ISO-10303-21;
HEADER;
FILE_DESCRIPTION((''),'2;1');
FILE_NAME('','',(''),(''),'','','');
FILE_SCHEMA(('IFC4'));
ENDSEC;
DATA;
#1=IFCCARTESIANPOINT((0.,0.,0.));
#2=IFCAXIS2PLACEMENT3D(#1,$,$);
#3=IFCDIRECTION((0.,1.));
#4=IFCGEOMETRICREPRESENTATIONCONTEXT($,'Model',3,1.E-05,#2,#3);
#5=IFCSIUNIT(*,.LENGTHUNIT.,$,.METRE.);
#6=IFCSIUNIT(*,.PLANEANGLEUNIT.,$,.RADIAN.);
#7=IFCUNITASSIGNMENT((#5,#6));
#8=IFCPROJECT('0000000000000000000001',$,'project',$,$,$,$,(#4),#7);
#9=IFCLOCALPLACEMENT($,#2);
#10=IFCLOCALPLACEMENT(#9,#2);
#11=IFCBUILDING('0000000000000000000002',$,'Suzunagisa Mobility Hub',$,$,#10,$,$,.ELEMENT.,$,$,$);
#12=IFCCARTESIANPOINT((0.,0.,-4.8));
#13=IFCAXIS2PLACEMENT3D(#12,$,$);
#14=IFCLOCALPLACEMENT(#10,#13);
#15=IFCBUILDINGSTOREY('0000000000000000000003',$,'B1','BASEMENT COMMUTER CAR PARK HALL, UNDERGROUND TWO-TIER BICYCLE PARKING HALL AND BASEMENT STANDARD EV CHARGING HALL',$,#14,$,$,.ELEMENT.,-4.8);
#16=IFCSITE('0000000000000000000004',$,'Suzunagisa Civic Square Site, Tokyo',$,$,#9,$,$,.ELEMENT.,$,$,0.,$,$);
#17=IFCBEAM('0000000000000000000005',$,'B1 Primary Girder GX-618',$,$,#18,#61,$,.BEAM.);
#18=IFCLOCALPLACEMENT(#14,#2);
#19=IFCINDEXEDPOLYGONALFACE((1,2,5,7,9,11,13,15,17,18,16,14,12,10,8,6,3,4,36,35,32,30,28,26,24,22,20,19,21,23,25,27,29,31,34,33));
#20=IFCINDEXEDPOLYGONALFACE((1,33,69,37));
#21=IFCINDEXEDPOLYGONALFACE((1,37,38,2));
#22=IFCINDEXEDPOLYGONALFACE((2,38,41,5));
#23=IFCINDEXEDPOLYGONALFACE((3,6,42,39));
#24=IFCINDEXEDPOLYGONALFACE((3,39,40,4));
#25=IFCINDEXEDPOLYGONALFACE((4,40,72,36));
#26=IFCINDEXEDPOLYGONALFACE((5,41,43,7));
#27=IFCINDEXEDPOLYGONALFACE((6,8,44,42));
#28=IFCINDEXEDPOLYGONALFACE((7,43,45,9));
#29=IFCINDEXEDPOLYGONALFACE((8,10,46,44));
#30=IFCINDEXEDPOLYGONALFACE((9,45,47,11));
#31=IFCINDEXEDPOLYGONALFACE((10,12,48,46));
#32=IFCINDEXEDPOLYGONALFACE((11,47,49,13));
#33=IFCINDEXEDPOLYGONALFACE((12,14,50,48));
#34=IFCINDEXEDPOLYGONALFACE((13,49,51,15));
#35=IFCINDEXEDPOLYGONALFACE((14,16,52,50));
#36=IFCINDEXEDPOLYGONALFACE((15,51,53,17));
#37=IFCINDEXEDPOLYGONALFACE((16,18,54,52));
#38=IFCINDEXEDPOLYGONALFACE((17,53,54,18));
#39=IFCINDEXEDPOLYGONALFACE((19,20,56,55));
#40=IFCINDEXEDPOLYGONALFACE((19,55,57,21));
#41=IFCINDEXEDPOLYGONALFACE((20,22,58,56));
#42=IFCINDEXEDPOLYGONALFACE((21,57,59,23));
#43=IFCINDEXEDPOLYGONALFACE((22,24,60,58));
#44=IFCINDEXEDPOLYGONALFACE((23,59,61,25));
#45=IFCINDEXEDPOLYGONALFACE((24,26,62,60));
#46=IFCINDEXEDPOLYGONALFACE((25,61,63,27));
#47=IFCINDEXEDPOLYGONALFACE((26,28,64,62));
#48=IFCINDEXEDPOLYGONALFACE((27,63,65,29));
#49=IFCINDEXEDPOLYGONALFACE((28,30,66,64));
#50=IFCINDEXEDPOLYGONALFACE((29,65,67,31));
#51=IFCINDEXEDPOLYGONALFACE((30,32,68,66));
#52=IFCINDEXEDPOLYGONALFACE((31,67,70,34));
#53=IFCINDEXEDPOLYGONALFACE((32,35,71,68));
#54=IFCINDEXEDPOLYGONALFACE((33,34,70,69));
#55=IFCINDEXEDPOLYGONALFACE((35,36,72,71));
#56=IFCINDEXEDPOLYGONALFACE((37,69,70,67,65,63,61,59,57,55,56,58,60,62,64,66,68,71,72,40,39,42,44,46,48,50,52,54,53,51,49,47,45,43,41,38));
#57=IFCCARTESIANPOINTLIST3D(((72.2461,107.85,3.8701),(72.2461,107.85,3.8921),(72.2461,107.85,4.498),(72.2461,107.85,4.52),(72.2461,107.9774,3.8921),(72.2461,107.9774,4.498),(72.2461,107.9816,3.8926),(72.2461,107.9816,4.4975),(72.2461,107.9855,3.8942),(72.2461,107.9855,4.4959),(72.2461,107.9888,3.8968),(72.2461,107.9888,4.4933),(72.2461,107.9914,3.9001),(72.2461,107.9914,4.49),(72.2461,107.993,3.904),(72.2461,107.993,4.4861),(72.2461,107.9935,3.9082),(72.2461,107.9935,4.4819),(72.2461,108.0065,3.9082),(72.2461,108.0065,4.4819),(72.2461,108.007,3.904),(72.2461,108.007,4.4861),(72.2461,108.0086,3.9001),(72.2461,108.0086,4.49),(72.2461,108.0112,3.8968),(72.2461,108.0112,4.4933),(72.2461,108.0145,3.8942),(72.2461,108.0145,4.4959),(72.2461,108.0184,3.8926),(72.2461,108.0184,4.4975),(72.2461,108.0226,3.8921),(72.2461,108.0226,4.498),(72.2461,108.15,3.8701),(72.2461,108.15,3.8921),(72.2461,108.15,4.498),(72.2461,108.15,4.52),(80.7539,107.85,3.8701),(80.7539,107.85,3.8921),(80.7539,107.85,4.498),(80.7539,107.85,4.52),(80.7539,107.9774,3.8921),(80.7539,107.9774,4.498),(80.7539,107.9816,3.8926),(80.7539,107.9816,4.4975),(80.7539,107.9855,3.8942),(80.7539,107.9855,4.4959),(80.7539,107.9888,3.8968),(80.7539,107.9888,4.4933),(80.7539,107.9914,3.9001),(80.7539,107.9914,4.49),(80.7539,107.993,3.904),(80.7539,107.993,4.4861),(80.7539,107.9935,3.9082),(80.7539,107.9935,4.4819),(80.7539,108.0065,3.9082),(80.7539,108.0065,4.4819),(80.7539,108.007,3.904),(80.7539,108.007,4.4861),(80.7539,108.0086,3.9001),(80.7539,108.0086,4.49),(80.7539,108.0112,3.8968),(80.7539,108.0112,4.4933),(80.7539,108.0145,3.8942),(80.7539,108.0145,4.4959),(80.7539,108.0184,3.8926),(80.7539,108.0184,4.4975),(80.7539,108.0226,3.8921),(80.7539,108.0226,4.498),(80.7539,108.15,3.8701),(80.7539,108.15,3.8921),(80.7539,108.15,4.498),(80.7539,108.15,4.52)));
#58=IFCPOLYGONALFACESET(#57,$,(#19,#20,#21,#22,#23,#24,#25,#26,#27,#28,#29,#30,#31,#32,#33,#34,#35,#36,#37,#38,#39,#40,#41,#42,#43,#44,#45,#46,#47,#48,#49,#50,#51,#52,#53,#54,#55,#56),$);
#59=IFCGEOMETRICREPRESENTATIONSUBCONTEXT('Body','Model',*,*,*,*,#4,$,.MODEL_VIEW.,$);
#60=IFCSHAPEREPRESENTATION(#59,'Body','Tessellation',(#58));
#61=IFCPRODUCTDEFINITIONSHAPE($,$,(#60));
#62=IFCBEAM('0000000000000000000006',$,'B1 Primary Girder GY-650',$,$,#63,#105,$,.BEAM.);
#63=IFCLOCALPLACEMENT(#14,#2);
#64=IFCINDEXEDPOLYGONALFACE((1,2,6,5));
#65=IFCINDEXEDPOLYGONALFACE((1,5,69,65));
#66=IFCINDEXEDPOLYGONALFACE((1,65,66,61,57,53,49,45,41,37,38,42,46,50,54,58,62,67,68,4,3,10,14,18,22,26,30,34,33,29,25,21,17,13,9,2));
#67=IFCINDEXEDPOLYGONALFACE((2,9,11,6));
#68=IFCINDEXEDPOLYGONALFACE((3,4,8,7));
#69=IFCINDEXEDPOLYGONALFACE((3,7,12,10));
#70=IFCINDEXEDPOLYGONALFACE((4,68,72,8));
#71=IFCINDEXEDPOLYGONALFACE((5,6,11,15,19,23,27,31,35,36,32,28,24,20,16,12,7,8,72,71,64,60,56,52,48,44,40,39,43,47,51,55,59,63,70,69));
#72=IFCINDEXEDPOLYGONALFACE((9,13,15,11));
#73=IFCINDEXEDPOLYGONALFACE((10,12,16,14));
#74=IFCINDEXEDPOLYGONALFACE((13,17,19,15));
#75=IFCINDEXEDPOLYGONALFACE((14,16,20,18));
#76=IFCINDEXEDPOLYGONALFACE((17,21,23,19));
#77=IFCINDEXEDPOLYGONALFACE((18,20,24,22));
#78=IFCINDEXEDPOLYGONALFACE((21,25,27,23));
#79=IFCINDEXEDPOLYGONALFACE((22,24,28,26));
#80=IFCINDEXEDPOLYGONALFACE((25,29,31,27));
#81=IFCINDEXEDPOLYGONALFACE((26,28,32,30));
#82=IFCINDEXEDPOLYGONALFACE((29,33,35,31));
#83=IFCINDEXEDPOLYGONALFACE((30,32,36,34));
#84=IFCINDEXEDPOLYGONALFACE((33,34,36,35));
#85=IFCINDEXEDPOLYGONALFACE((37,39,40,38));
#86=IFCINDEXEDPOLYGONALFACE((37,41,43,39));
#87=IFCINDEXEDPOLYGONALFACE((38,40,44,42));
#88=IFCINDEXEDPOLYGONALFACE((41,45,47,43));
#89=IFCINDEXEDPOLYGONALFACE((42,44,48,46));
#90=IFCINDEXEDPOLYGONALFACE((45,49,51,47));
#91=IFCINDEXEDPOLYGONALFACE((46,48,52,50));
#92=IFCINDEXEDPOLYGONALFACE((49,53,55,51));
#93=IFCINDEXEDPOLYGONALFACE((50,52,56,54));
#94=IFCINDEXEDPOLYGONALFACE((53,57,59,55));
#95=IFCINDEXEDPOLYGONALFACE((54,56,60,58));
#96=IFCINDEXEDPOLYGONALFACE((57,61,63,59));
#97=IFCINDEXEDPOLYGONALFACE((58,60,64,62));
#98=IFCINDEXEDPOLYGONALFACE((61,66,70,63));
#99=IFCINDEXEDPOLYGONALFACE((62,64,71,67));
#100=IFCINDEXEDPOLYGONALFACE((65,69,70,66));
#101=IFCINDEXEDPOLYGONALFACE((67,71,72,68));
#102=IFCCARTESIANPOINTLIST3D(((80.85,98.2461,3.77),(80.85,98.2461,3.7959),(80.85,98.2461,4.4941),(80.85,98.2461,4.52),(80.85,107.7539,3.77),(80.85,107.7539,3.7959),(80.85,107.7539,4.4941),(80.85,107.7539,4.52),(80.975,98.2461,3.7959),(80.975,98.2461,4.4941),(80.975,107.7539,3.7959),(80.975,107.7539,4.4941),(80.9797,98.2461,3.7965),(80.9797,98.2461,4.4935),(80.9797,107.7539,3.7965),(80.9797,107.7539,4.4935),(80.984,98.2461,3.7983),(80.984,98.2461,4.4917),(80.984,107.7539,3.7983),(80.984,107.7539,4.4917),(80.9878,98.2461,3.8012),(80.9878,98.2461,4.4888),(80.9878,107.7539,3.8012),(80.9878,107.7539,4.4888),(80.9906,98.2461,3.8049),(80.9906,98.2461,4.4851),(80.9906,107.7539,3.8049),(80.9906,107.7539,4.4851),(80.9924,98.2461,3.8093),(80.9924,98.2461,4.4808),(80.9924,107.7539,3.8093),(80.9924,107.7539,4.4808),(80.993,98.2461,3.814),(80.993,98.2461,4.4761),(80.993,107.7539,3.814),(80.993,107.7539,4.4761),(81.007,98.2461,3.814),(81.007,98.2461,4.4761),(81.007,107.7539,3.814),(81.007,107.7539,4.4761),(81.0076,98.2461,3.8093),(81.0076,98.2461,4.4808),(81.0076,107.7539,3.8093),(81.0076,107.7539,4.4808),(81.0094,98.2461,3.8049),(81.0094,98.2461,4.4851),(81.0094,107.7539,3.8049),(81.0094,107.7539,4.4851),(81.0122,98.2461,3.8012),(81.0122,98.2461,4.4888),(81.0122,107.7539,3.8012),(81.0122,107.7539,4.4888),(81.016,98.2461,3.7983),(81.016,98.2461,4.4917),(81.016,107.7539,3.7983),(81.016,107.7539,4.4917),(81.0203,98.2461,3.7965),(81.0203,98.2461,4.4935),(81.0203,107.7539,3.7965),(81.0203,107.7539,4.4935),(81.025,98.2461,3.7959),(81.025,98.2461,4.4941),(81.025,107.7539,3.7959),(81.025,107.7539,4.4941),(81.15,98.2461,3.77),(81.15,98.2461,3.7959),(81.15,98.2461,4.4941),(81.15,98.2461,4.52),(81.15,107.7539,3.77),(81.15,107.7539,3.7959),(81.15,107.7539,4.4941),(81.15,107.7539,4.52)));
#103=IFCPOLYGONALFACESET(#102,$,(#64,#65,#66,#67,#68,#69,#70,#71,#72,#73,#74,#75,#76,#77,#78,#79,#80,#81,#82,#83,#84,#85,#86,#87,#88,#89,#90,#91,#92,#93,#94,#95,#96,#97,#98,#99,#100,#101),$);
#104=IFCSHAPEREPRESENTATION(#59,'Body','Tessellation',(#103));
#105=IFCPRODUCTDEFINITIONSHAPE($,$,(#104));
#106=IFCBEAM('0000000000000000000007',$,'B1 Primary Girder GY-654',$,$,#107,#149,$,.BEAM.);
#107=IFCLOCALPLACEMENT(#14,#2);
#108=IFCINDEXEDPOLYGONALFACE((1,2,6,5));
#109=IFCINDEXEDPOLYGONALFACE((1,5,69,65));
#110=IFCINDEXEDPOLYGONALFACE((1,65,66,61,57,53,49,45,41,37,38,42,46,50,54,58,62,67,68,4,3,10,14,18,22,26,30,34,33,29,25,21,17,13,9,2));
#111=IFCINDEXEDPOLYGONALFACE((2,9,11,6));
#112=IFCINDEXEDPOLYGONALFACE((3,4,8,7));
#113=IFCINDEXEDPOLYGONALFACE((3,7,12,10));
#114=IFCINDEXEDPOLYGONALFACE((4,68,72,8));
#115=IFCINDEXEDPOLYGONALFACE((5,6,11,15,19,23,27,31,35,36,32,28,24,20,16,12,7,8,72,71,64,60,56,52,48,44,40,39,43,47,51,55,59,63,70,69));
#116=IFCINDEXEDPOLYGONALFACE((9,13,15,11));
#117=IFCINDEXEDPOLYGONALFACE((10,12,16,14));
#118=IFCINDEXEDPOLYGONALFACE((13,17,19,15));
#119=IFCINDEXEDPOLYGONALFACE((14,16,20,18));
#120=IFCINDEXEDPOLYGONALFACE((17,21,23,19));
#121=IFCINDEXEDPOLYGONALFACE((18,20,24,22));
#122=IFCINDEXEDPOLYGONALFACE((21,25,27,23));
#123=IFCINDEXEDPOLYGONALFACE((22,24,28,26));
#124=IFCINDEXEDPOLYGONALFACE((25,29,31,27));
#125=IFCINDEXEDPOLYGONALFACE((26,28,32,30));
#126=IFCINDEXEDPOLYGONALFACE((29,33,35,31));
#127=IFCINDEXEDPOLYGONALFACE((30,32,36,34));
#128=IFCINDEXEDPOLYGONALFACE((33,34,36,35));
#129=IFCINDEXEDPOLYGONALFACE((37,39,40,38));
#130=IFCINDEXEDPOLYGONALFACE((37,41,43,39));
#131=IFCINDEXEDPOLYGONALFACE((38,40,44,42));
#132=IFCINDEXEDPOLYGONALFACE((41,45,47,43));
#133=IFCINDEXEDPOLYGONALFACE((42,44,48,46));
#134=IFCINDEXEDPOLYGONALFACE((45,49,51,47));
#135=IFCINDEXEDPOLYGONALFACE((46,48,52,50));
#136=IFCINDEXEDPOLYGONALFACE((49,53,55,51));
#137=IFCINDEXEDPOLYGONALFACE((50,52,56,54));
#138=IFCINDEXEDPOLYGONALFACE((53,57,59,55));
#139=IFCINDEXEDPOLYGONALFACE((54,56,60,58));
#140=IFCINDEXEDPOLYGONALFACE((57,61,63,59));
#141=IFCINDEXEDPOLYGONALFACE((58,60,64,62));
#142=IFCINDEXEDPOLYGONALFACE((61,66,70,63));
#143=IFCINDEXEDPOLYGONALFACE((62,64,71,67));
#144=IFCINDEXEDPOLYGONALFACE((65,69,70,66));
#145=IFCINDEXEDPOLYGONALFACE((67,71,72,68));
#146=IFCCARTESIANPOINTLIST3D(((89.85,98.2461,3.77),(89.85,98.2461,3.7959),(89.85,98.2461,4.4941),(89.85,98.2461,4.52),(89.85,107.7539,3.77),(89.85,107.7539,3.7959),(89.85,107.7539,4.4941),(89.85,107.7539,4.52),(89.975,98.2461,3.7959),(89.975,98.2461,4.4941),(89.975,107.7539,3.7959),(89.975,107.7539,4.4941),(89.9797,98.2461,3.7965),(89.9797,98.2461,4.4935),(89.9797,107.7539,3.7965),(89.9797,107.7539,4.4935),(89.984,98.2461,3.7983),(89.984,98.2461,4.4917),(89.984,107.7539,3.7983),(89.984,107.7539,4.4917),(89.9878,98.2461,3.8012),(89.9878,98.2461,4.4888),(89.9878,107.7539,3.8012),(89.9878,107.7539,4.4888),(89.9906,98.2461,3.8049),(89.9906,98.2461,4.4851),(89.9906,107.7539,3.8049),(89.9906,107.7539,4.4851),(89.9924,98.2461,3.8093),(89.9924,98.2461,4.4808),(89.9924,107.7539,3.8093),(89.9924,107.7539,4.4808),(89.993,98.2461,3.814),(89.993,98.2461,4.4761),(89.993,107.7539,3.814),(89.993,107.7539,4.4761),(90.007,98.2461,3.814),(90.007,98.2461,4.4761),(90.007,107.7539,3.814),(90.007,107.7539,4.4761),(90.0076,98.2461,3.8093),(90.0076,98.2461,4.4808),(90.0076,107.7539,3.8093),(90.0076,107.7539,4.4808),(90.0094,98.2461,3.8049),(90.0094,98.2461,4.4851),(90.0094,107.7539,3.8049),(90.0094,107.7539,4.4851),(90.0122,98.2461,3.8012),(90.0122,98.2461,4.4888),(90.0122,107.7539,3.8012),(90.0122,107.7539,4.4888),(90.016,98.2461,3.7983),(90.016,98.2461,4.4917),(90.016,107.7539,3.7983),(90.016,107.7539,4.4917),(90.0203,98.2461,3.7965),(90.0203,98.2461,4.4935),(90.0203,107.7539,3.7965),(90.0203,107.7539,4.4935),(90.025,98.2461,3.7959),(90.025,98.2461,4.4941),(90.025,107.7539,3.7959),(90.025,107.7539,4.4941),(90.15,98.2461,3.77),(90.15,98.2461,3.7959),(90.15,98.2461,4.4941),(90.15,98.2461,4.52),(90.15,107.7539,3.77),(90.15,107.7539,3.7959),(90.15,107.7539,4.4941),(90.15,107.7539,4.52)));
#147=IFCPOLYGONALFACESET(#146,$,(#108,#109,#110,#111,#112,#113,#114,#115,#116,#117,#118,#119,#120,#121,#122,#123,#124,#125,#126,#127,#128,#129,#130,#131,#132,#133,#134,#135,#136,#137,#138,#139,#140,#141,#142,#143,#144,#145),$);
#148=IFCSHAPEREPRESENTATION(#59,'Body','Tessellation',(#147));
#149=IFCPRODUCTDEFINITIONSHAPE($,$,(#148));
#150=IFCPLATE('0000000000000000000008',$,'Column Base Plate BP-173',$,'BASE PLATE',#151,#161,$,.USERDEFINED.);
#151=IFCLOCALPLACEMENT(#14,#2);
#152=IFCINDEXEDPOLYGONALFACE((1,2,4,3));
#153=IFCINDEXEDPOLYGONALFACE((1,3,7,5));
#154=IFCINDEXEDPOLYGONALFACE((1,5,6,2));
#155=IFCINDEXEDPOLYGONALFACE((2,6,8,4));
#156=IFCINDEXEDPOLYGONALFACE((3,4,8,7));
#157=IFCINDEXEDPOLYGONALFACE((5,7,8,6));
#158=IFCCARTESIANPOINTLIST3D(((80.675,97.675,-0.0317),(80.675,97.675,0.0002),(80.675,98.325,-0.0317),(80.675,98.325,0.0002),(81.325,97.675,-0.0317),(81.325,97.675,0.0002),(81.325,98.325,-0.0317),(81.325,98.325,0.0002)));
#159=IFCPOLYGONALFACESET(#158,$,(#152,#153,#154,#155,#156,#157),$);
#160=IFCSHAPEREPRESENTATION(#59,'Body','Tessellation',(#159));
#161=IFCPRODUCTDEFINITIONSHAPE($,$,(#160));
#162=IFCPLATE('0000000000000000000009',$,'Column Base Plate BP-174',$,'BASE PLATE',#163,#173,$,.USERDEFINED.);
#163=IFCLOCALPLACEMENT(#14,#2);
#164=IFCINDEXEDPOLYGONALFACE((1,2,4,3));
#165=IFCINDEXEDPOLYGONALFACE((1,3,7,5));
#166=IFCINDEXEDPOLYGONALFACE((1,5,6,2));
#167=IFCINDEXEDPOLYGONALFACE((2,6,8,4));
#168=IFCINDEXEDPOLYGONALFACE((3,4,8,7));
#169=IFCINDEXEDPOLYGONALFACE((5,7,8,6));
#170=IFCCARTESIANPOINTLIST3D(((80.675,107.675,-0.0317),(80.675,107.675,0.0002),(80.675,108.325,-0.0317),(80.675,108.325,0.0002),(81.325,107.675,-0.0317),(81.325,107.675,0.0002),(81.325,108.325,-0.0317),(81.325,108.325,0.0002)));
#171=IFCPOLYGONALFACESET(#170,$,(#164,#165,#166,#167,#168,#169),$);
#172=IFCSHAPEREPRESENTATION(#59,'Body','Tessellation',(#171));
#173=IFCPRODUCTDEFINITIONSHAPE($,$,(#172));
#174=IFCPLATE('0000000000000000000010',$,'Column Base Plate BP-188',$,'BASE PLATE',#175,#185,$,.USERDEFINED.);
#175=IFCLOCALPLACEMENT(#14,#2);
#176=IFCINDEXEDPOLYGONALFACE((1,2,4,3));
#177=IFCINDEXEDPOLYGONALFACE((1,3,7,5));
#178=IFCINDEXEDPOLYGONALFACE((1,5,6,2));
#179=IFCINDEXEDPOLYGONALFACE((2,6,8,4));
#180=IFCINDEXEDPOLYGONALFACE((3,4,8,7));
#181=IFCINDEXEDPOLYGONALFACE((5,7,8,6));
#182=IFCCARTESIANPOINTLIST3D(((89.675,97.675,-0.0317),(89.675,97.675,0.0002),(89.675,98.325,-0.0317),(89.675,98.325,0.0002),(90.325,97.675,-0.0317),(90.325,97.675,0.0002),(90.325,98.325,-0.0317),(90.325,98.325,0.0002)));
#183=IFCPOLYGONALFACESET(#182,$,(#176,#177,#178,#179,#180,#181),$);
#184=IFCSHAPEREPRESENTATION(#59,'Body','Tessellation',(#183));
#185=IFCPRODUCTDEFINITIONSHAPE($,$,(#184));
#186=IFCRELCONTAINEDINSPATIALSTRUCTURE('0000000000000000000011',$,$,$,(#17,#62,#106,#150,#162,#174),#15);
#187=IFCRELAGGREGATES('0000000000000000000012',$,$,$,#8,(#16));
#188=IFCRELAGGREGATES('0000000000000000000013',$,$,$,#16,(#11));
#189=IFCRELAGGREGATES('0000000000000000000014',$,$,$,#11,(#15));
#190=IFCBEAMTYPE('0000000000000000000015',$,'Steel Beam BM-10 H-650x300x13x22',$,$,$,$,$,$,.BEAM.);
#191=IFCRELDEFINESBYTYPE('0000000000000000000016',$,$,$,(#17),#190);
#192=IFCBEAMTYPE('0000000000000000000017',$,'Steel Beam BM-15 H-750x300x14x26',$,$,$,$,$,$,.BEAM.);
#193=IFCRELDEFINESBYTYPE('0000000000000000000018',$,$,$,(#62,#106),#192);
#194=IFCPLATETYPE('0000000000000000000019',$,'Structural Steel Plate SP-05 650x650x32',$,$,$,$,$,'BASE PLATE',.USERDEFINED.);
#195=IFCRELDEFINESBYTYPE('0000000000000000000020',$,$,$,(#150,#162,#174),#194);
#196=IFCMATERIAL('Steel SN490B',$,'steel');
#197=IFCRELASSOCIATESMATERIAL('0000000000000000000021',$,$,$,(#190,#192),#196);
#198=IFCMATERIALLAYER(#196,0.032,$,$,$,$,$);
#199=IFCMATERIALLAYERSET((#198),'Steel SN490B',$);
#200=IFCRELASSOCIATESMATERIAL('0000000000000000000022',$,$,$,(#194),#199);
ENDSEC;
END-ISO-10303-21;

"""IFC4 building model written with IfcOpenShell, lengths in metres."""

from ifc_helpers import new_model, si_unit, direction, frame, origin, origin_2d, place, context, subcontext, project, spatial, rectangle, i_section, extrude, material, layer, layer_set, material_profile, profile_set, type_object, element, save


model = new_model("IFC4")

# Units and contexts
model_context = context("Model", 3, precision=1e-05, world=origin(), true_north=direction((0.0, 1.0)))
body_context = subcontext(model_context, "Body", "Model", "MODEL_VIEW")
ifc_project = project(units=[si_unit("LENGTHUNIT", "METRE"), si_unit("PLANEANGLEUNIT", "RADIAN")], contexts=[model_context])

# Site, building, storey
site_placement = place(None, origin())
site = spatial("IfcSite", under=ifc_project, at=site_placement, Name="Suzunagisa Civic Square Site, Tokyo", CompositionType="ELEMENT", RefElevation=0.0)
building_placement = place(site_placement, origin())
building = spatial("IfcBuilding", under=site, at=building_placement, Name="Suzunagisa Mobility Hub", CompositionType="ELEMENT")
storey_placement = place(building_placement, frame((0.0, 0.0, -4.8)))
storey = spatial("IfcBuildingStorey", under=building, at=storey_placement, Name="B1", Description="BASEMENT COMMUTER CAR PARK HALL, UNDERGROUND TWO-TIER BICYCLE PARKING HALL AND BASEMENT STANDARD EV CHARGING HALL", CompositionType="ELEMENT", Elevation=-4.8)

# Shared definitions
ifc_material_1 = material(Name="Steel SN490B", Category="steel")

# Beams
ifc_material_profile_1 = material_profile(ifc_material_1, i_section(OverallWidth=0.3, OverallDepth=0.6499, WebThickness=0.0129, FlangeThickness=0.022, FilletRadius=0.0161, at=origin_2d()), Name="H-650x300x13x22")
ifc_profile_set_1 = profile_set([ifc_material_profile_1], Name="Steel SN490B")
beam_type_1 = type_object("IfcBeamType", Name="Steel Beam BM-10 H-650x300x13x22", PredefinedType="BEAM", material=ifc_profile_set_1)
for number, where, z_axis, x_axis, name in (
    (1, (72.2461, 108.0, 4.1951), (1.0, 0.0, 0.0), (0.0, 1.0, 0.0), "B1 Primary Girder GX-618"),
):
    element("IfcBeam", number, at=place(storey_placement, frame(where, z_axis=z_axis, x_axis=x_axis)), inside=storey, type_object=beam_type_1, Name=name, PredefinedType="BEAM", context=body_context, shape_type="SweptSolid", body=[
        extrude(i_section(OverallWidth=0.3, OverallDepth=0.6499, WebThickness=0.0129, FlangeThickness=0.022, FilletRadius=0.0161, at=origin_2d()), origin(), (0.0, 0.0, 1.0), 8.5078),
    ])
ifc_material_profile_2 = material_profile(ifc_material_1, i_section(OverallWidth=0.3, OverallDepth=0.75, WebThickness=0.0139, FlangeThickness=0.0259, FilletRadius=0.0181, at=origin_2d()), Name="H-750x300x14x26")
ifc_profile_set_2 = profile_set([ifc_material_profile_2], Name="Steel SN490B")
beam_type_2 = type_object("IfcBeamType", Name="Steel Beam BM-15 H-750x300x14x26", PredefinedType="BEAM", material=ifc_profile_set_2)
for number, where, z_axis, x_axis, name in (
    (2, (81.0, 98.2461, 4.145), (0.0, 1.0, 0.0), (-1.0, 0.0, 0.0), "B1 Primary Girder GY-650"),
    (3, (90.0, 98.2461, 4.145), (0.0, 1.0, 0.0), (-1.0, 0.0, 0.0), "B1 Primary Girder GY-654"),
):
    element("IfcBeam", number, at=place(storey_placement, frame(where, z_axis=z_axis, x_axis=x_axis)), inside=storey, type_object=beam_type_2, Name=name, PredefinedType="BEAM", context=body_context, shape_type="SweptSolid", body=[
        extrude(i_section(OverallWidth=0.3, OverallDepth=0.75, WebThickness=0.0139, FlangeThickness=0.0259, FilletRadius=0.0181, at=origin_2d()), origin(), (0.0, 0.0, 1.0), 9.5078),
    ])

# Plates
ifc_layer = layer(ifc_material_1, 0.032)
ifc_layer_set = layer_set([ifc_layer], Name="Steel SN490B")
plate_type = type_object("IfcPlateType", Name="Structural Steel Plate SP-05 650x650x32", ElementType="BASE PLATE", PredefinedType="USERDEFINED", material=ifc_layer_set)
for number, where, z_axis, x_axis, name in (
    (4, (81.0, 98.0, -0.0317), (0.0, 0.0, 1.0), (1.0, 0.0, 0.0), "Column Base Plate BP-173"),
    (5, (81.0, 108.0, -0.0317), (0.0, 0.0, 1.0), (1.0, 0.0, 0.0), "Column Base Plate BP-174"),
    (6, (90.0, 98.0, -0.0317), (0.0, 0.0, 1.0), (1.0, 0.0, 0.0), "Column Base Plate BP-188"),
):
    element("IfcPlate", number, at=place(storey_placement, frame(where, z_axis=z_axis, x_axis=x_axis)), inside=storey, type_object=plate_type, Name=name, ObjectType="BASE PLATE", PredefinedType="USERDEFINED", context=body_context, shape_type="SweptSolid", body=[
        extrude(rectangle(XDim=0.6499, YDim=0.6499, at=origin_2d()), origin(), (0.0, 0.0, 1.0), 0.032),
    ])

save(model, "model.ifc")
